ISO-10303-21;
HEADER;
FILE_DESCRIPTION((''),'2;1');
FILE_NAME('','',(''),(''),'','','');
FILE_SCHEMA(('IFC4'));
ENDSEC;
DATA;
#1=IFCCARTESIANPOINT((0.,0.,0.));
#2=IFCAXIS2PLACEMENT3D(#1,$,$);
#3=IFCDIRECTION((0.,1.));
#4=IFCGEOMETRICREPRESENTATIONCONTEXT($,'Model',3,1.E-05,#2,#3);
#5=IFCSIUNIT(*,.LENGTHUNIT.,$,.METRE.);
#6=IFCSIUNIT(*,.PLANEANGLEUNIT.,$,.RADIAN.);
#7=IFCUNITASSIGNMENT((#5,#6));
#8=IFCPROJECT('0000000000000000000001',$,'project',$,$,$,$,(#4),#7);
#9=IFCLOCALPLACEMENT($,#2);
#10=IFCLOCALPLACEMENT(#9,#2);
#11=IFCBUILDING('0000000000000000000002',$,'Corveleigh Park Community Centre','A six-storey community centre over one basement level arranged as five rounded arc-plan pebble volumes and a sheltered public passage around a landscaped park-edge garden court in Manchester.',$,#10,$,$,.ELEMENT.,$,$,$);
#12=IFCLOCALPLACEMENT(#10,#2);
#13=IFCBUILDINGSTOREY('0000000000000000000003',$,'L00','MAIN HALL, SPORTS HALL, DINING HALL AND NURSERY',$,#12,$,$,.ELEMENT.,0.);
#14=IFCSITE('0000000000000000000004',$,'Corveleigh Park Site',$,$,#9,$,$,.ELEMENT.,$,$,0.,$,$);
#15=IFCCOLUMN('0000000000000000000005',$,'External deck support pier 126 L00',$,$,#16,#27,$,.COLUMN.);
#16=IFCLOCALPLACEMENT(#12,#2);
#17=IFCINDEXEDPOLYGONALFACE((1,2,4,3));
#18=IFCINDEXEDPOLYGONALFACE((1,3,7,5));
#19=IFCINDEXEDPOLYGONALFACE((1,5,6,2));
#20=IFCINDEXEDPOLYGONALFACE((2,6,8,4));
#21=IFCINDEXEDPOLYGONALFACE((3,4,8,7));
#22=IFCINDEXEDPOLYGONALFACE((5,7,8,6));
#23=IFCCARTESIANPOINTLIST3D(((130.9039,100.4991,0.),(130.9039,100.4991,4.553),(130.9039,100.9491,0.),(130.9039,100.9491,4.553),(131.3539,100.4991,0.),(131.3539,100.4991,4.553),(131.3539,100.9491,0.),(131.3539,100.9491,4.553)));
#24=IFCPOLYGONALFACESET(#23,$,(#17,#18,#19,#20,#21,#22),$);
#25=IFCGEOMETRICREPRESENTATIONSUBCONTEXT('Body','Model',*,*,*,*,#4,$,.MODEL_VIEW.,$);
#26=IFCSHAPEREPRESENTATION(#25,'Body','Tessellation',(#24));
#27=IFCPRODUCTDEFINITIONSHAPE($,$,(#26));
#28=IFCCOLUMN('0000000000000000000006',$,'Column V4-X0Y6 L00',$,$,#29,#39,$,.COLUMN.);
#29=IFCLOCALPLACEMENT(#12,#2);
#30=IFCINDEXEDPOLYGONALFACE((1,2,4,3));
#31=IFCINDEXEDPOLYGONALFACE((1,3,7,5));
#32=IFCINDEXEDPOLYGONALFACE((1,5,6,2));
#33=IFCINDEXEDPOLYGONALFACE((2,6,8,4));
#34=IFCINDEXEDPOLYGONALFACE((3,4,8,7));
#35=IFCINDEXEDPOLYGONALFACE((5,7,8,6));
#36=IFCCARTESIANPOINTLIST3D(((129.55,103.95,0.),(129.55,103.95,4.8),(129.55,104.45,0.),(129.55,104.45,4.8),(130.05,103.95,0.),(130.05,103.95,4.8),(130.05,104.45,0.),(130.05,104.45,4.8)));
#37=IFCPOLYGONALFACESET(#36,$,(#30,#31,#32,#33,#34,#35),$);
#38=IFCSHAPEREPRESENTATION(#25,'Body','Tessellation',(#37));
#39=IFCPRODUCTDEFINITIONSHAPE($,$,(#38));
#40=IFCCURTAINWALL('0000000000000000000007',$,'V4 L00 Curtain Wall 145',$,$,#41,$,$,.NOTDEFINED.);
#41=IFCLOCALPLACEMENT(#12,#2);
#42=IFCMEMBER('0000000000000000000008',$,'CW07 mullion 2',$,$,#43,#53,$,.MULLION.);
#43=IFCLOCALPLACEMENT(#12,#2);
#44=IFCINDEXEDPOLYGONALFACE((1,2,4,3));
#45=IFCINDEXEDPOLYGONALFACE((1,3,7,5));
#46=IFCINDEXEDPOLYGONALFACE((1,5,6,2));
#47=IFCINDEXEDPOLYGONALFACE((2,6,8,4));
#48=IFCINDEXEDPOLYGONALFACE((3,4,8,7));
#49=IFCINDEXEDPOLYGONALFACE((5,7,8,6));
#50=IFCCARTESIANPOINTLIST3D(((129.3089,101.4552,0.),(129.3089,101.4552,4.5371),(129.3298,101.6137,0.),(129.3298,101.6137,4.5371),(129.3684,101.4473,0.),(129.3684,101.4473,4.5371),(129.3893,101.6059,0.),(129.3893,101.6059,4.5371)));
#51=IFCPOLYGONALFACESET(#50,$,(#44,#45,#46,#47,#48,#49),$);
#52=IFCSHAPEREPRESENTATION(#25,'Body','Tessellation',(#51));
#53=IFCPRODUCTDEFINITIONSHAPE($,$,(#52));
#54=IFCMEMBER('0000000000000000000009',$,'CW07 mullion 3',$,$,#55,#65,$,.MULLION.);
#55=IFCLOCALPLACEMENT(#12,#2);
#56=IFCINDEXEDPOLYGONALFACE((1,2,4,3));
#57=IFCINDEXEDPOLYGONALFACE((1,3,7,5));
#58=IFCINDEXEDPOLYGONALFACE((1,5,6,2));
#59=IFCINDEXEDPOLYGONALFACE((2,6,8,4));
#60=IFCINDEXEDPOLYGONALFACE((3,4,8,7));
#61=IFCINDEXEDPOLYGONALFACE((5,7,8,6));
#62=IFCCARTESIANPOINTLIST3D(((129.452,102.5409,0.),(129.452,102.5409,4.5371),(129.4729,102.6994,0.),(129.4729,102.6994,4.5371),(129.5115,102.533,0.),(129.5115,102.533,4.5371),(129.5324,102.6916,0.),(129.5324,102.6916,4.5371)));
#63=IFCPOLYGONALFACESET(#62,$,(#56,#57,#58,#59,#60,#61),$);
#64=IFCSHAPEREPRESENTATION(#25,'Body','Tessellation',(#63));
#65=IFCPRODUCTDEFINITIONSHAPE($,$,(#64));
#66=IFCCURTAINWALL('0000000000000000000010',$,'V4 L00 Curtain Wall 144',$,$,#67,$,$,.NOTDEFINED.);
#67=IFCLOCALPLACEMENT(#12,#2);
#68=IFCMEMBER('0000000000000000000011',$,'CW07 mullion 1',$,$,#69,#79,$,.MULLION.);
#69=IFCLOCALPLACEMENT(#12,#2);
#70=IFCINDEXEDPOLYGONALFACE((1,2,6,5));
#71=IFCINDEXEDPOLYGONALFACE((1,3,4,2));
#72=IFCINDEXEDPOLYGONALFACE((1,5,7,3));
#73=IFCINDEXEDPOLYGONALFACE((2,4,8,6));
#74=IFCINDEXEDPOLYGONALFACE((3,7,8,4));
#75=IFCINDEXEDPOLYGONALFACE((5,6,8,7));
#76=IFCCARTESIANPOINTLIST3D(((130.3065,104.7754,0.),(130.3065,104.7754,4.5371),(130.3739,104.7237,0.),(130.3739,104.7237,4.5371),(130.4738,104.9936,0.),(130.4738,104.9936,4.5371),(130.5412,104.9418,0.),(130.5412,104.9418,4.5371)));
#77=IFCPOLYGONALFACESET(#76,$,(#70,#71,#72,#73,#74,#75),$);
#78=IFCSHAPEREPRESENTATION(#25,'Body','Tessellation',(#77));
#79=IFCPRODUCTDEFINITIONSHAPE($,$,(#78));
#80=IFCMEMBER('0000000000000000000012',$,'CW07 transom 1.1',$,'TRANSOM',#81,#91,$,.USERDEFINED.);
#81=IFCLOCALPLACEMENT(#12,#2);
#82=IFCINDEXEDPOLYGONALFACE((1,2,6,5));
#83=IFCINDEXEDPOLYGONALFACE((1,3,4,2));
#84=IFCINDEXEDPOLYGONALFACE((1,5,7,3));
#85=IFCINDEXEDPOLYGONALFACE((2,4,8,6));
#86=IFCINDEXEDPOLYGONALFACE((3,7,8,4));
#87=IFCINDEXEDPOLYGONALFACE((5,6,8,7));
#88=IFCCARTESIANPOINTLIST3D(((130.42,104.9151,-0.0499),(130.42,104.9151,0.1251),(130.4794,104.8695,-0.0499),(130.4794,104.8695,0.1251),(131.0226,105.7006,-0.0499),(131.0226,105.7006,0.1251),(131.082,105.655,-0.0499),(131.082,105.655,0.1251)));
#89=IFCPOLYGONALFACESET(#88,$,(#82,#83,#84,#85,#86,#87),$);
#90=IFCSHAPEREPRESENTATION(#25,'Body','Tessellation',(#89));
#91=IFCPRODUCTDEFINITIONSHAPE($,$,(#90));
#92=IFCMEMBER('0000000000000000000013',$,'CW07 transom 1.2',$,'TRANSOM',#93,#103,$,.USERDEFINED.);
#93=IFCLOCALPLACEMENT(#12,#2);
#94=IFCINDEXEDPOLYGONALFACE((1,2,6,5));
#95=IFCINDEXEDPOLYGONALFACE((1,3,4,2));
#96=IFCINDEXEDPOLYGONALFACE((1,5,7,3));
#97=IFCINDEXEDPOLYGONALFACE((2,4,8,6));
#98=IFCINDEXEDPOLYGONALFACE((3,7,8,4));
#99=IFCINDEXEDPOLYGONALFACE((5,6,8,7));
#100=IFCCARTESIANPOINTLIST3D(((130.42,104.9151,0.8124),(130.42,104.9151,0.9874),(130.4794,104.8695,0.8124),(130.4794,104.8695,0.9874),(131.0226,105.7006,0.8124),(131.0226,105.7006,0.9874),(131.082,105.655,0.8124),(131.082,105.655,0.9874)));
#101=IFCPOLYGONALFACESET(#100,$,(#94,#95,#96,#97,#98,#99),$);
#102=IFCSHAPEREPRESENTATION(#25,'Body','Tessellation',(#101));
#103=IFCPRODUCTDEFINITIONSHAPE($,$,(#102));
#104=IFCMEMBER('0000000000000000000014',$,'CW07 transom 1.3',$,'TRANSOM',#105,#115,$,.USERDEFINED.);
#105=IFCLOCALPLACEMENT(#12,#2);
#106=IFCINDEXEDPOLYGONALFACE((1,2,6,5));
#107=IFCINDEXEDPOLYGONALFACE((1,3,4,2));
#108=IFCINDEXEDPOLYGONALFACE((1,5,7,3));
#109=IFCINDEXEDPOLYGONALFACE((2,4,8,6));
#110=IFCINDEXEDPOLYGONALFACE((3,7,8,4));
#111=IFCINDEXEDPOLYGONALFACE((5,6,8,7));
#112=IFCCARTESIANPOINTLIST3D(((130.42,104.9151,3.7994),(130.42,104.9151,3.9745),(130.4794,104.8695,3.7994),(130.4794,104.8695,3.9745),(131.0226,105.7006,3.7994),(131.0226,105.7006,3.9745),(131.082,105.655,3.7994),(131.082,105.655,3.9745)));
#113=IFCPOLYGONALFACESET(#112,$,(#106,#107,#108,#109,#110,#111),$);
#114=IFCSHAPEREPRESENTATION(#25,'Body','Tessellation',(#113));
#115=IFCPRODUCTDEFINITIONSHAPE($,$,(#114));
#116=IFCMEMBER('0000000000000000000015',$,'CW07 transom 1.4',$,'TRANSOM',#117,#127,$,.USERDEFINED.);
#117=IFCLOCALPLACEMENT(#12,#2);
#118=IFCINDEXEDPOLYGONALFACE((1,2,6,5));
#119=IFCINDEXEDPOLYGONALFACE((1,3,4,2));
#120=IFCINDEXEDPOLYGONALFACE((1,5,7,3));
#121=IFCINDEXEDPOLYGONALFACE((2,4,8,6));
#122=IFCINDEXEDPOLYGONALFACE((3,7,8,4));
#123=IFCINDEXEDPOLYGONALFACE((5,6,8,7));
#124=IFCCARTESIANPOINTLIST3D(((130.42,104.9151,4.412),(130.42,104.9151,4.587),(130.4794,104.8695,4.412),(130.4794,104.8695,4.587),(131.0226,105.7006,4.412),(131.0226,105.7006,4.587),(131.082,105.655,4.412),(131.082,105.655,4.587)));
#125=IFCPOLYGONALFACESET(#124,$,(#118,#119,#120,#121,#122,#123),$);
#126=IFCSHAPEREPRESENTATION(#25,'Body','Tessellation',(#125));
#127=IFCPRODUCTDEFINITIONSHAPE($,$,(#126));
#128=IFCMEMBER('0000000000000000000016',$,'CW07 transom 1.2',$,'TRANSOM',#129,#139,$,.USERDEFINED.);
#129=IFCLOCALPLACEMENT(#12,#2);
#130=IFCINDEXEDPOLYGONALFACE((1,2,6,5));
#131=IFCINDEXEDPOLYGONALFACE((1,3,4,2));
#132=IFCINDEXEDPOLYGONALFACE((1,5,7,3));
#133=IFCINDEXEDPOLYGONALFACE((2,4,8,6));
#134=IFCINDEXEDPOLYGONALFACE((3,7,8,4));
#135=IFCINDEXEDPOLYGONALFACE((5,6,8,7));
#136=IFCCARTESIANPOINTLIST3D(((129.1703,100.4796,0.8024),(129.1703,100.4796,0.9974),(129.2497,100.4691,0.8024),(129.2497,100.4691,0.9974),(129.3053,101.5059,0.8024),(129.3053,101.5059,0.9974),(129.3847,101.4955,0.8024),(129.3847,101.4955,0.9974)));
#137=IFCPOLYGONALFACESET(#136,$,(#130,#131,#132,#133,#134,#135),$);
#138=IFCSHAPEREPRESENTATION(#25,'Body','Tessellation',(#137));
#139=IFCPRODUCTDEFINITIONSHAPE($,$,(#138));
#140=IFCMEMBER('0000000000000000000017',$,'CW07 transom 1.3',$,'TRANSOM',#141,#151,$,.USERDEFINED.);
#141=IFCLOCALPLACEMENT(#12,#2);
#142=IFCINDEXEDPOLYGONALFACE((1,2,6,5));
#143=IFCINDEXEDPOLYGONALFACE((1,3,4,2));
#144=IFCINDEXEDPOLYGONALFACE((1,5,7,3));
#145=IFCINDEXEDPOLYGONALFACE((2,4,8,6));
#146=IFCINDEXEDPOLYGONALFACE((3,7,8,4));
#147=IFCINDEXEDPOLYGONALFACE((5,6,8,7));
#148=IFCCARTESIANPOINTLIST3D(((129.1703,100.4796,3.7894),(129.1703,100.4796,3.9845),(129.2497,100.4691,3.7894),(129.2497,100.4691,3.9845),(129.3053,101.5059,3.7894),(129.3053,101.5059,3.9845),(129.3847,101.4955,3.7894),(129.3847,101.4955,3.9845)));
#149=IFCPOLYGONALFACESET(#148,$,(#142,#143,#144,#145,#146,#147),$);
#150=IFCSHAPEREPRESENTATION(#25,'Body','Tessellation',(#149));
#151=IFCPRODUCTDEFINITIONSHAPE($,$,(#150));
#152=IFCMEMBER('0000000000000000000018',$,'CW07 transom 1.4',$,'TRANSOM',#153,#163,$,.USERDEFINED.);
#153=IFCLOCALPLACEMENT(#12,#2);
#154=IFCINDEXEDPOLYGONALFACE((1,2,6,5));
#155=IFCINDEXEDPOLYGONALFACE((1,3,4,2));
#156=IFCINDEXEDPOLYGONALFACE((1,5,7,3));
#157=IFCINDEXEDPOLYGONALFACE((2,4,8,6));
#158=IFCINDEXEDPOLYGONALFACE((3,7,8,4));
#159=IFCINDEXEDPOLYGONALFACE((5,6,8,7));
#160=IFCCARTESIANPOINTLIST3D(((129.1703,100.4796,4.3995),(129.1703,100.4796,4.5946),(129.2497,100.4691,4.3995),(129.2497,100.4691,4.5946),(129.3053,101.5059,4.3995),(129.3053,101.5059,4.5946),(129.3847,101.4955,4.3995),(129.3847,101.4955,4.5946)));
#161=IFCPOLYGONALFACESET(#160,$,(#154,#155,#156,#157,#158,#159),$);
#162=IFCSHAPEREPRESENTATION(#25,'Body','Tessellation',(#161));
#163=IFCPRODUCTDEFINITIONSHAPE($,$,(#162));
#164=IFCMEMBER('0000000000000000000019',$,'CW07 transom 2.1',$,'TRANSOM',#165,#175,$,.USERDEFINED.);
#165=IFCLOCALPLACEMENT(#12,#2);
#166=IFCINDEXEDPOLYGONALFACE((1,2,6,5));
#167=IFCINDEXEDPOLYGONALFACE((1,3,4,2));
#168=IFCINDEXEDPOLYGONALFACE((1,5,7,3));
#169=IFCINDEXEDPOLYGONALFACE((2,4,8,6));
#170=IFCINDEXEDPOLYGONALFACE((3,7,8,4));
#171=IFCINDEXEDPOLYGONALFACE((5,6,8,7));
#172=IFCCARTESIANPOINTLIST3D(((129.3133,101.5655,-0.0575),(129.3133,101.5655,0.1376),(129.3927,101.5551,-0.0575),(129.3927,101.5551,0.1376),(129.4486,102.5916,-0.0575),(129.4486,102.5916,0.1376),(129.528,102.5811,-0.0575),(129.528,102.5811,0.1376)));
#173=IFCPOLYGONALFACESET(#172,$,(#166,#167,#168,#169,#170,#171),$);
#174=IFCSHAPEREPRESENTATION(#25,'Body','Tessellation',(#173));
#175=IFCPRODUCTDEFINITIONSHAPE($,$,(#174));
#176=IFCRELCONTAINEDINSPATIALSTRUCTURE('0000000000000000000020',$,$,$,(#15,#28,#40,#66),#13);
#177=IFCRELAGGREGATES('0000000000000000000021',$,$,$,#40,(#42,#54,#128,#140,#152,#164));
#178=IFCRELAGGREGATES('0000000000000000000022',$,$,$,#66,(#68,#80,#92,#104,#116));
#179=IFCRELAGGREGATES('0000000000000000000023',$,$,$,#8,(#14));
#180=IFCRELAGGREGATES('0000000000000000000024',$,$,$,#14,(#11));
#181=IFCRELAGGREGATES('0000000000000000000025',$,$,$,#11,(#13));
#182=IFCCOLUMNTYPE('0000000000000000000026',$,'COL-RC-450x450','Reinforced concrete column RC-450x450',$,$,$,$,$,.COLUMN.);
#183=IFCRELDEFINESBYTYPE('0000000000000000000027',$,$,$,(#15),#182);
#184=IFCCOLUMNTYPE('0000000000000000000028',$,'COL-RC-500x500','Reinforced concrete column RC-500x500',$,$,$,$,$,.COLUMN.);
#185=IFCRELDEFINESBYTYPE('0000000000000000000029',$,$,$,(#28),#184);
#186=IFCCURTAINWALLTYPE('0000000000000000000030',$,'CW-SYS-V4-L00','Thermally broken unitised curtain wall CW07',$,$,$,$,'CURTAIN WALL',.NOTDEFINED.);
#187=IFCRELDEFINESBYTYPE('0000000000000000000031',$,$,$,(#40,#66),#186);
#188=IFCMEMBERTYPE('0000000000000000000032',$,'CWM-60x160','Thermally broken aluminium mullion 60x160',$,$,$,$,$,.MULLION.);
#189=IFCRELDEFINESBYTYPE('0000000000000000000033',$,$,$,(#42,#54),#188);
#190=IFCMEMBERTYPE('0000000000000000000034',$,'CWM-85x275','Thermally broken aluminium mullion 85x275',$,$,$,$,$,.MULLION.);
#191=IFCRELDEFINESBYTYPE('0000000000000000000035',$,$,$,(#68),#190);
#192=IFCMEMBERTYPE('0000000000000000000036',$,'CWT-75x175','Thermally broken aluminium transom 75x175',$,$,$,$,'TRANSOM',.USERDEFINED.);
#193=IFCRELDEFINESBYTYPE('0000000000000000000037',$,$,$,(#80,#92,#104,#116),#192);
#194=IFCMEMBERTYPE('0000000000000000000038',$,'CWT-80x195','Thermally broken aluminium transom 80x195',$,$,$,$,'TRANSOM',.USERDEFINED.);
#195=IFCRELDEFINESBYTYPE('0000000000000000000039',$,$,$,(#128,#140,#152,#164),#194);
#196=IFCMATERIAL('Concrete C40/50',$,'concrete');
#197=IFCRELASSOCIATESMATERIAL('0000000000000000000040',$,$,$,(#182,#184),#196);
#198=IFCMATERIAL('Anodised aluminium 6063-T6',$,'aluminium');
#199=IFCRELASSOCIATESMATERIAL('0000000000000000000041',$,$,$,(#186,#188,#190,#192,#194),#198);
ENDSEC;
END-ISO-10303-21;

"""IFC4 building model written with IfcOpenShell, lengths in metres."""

from ifc_helpers import new_model, si_unit, direction, frame, origin, origin_2d, place, context, subcontext, project, spatial, rectangle, extrude, material, material_profile, profile_set, type_object, element, aggregate, save


model = new_model("IFC4")

# Units and contexts
model_context = context("Model", 3, precision=1e-05, world=origin(), true_north=direction((0.0, 1.0)))
body_context = subcontext(model_context, "Body", "Model", "MODEL_VIEW")
ifc_project = project(units=[si_unit("LENGTHUNIT", "METRE"), si_unit("PLANEANGLEUNIT", "RADIAN")], contexts=[model_context])

# Site, building, storey
site_placement = place(None, origin())
site = spatial("IfcSite", under=ifc_project, at=site_placement, Name="Corveleigh Park Site", CompositionType="ELEMENT", RefElevation=0.0)
building_placement = place(site_placement, origin())
building = spatial("IfcBuilding", under=site, at=building_placement, Name="Corveleigh Park Community Centre", Description="A six-storey community centre over one basement level arranged as five rounded arc-plan pebble volumes and a sheltered public passage around a landscaped park-edge garden court in Manchester.", CompositionType="ELEMENT")
storey_placement = place(building_placement, origin())
storey = spatial("IfcBuildingStorey", under=building, at=storey_placement, Name="L00", Description="MAIN HALL, SPORTS HALL, DINING HALL AND NURSERY", CompositionType="ELEMENT", Elevation=0.0)

# Columns
ifc_material_1 = material(Name="Concrete C40/50", Category="concrete")
ifc_material_profile_1 = material_profile(ifc_material_1, rectangle(XDim=0.45, YDim=0.45, at=origin_2d()), Name="RC-450x450", Category="concrete")
ifc_profile_set_1 = profile_set([ifc_material_profile_1], Name="Concrete C40/50")
column_type_1 = type_object("IfcColumnType", Name="COL-RC-450x450", Description="Reinforced concrete column RC-450x450", PredefinedType="COLUMN", material=ifc_profile_set_1)
column_1_placement = place(storey_placement, frame((131.1289, 100.7241, 0.0), z_axis=(0.0, 0.0, 1.0), x_axis=(1.0, 0.0, 0.0)))
element("IfcColumn", 1, at=column_1_placement, inside=storey, type_object=column_type_1, Name="External deck support pier 126 L00", PredefinedType="COLUMN", context=body_context, shape_type="SweptSolid", body=[
    extrude(rectangle(XDim=0.45, YDim=0.45, at=origin_2d()), origin(), (0.0, 0.0, 1.0), 4.553),
])
ifc_material_profile_2 = material_profile(ifc_material_1, rectangle(XDim=0.5, YDim=0.5, at=origin_2d()), Name="RC-500x500", Category="concrete")
ifc_profile_set_2 = profile_set([ifc_material_profile_2], Name="Concrete C40/50")
column_type_2 = type_object("IfcColumnType", Name="COL-RC-500x500", Description="Reinforced concrete column RC-500x500", PredefinedType="COLUMN", material=ifc_profile_set_2)
column_2_placement = place(storey_placement, frame((129.8, 104.2, 0.0), z_axis=(0.0, 0.0, 1.0), x_axis=(1.0, 0.0, 0.0)))
element("IfcColumn", 2, at=column_2_placement, inside=storey, type_object=column_type_2, Name="Column V4-X0Y6 L00", PredefinedType="COLUMN", context=body_context, shape_type="SweptSolid", body=[
    extrude(rectangle(XDim=0.5, YDim=0.5, at=origin_2d()), origin(), (0.0, 0.0, 1.0), 4.8),
])

# Curtain walls, members
ifc_material_2 = material(Name="Anodised aluminium 6063-T6", Category="aluminium")
curtain_wall_type = type_object("IfcCurtainWallType", Name="CW-SYS-V4-L00", Description="Thermally broken unitised curtain wall CW07", ElementType="CURTAIN WALL", PredefinedType="NOTDEFINED", material=ifc_material_2)
curtain_wall_1_placement = place(storey_placement, origin())
curtain_wall_1 = element("IfcCurtainWall", 3, at=curtain_wall_1_placement, inside=storey, type_object=curtain_wall_type, Name="V4 L00 Curtain Wall 145", PredefinedType="NOTDEFINED")
ifc_material_profile_3 = material_profile(ifc_material_2, rectangle(XDim=0.0601, YDim=0.1599, at=origin_2d()), Name="ALU-M60x160", Category="aluminium")
ifc_profile_set_3 = profile_set([ifc_material_profile_3], Name="Anodised aluminium 6063-T6")
member_type_1 = type_object("IfcMemberType", Name="CWM-60x160", Description="Thermally broken aluminium mullion 60x160", PredefinedType="MULLION", material=ifc_profile_set_3)
member_1_placement = place(storey_placement, frame((129.3491, 101.5305, 0.0), z_axis=(0.0, 0.0, 1.0), x_axis=(-0.991429, 0.13065, 0.0)))
member_1 = element("IfcMember", 4, at=member_1_placement, type_object=member_type_1, Name="CW07 mullion 2", PredefinedType="MULLION", context=body_context, shape_type="SweptSolid", body=[
    extrude(rectangle(XDim=0.0601, YDim=0.1599, at=origin_2d()), origin(), (0.0, 0.0, 1.0), 4.5371),
])
member_2_placement = place(storey_placement, frame((129.4922, 102.6162, 0.0), z_axis=(0.0, 0.0, 1.0), x_axis=(-0.991429, 0.13065, 0.0)))
member_2 = element("IfcMember", 5, at=member_2_placement, type_object=member_type_1, Name="CW07 mullion 3", PredefinedType="MULLION", context=body_context, shape_type="SweptSolid", body=[
    extrude(rectangle(XDim=0.0601, YDim=0.1599, at=origin_2d()), origin(), (0.0, 0.0, 1.0), 4.5371),
])
curtain_wall_2_placement = place(storey_placement, origin())
curtain_wall_2 = element("IfcCurtainWall", 6, at=curtain_wall_2_placement, inside=storey, type_object=curtain_wall_type, Name="V4 L00 Curtain Wall 144", PredefinedType="NOTDEFINED")
ifc_material_profile_4 = material_profile(ifc_material_2, rectangle(XDim=0.085, YDim=0.2749, at=origin_2d()), Name="ALU-M85x275", Category="aluminium")
ifc_profile_set_4 = profile_set([ifc_material_profile_4], Name="Anodised aluminium 6063-T6")
member_type_2 = type_object("IfcMemberType", Name="CWM-85x275", Description="Thermally broken aluminium mullion 85x275", PredefinedType="MULLION", material=ifc_profile_set_4)
member_3_placement = place(storey_placement, frame((130.4238, 104.8586, 0.0), z_axis=(0.0, 0.0, 1.0), x_axis=(-0.793455, 0.608629, 0.0)))
member_3 = element("IfcMember", 7, at=member_3_placement, type_object=member_type_2, Name="CW07 mullion 1", PredefinedType="MULLION", context=body_context, shape_type="SweptSolid", body=[
    extrude(rectangle(XDim=0.085, YDim=0.2749, at=origin_2d()), origin(), (0.0, 0.0, 1.0), 4.5371),
])
ifc_material_profile_5 = material_profile(ifc_material_2, rectangle(XDim=0.075, YDim=0.175, at=origin_2d()), Name="ALU-T75x175", Category="aluminium")
ifc_profile_set_5 = profile_set([ifc_material_profile_5], Name="Anodised aluminium 6063-T6")
member_type_3 = type_object("IfcMemberType", Name="CWT-75x175", Description="Thermally broken aluminium transom 75x175", ElementType="TRANSOM", PredefinedType="USERDEFINED", material=ifc_profile_set_5)
member_4_placement = place(storey_placement, frame((130.4497, 104.8923, 0.0376), z_axis=(0.608685, 0.793412, 0.0), x_axis=(-0.793412, 0.608685, 0.0)))
member_4 = element("IfcMember", 8, at=member_4_placement, type_object=member_type_3, Name="CW07 transom 1.1", ObjectType="TRANSOM", PredefinedType="USERDEFINED", context=body_context, shape_type="SweptSolid", body=[
    extrude(rectangle(XDim=0.075, YDim=0.175, at=origin_2d()), origin(), (0.0, 0.0, 1.0), 0.99),
])
member_5_placement = place(storey_placement, frame((130.4497, 104.8923, 0.8999), z_axis=(0.608685, 0.793412, 0.0), x_axis=(-0.793412, 0.608685, 0.0)))
member_5 = element("IfcMember", 9, at=member_5_placement, type_object=member_type_3, Name="CW07 transom 1.2", ObjectType="TRANSOM", PredefinedType="USERDEFINED", context=body_context, shape_type="SweptSolid", body=[
    extrude(rectangle(XDim=0.075, YDim=0.175, at=origin_2d()), origin(), (0.0, 0.0, 1.0), 0.99),
])
member_6_placement = place(storey_placement, frame((130.4497, 104.8923, 3.887), z_axis=(0.608685, 0.793412, 0.0), x_axis=(-0.793412, 0.608685, 0.0)))
member_6 = element("IfcMember", 10, at=member_6_placement, type_object=member_type_3, Name="CW07 transom 1.3", ObjectType="TRANSOM", PredefinedType="USERDEFINED", context=body_context, shape_type="SweptSolid", body=[
    extrude(rectangle(XDim=0.075, YDim=0.175, at=origin_2d()), origin(), (0.0, 0.0, 1.0), 0.99),
])
member_7_placement = place(storey_placement, frame((130.4497, 104.8923, 4.4995), z_axis=(0.608685, 0.793412, 0.0), x_axis=(-0.793412, 0.608685, 0.0)))
member_7 = element("IfcMember", 11, at=member_7_placement, type_object=member_type_3, Name="CW07 transom 1.4", ObjectType="TRANSOM", PredefinedType="USERDEFINED", context=body_context, shape_type="SweptSolid", body=[
    extrude(rectangle(XDim=0.075, YDim=0.175, at=origin_2d()), origin(), (0.0, 0.0, 1.0), 0.99),
])

# Members
ifc_material_profile_6 = material_profile(ifc_material_2, rectangle(XDim=0.0801, YDim=0.1951, at=origin_2d()), Name="ALU-T80x195", Category="aluminium")
ifc_profile_set_6 = profile_set([ifc_material_profile_6], Name="Anodised aluminium 6063-T6")
member_type_4 = type_object("IfcMemberType", Name="CWT-80x195", Description="Thermally broken aluminium transom 80x195", ElementType="TRANSOM", PredefinedType="USERDEFINED", material=ifc_profile_set_6)
member_8_placement = place(storey_placement, frame((129.21, 100.4744, 0.8999), z_axis=(0.130418, 0.991459, 0.0), x_axis=(-0.991459, 0.130418, 0.0)))
member_8 = element("IfcMember", 12, at=member_8_placement, type_object=member_type_4, Name="CW07 transom 1.2", ObjectType="TRANSOM", PredefinedType="USERDEFINED", context=body_context, shape_type="SweptSolid", body=[
    extrude(rectangle(XDim=0.0801, YDim=0.1951, at=origin_2d()), origin(), (0.0, 0.0, 1.0), 1.0352),
])
member_9_placement = place(storey_placement, frame((129.21, 100.4744, 3.887), z_axis=(0.130418, 0.991459, 0.0), x_axis=(-0.991459, 0.130418, 0.0)))
member_9 = element("IfcMember", 13, at=member_9_placement, type_object=member_type_4, Name="CW07 transom 1.3", ObjectType="TRANSOM", PredefinedType="USERDEFINED", context=body_context, shape_type="SweptSolid", body=[
    extrude(rectangle(XDim=0.0801, YDim=0.1951, at=origin_2d()), origin(), (0.0, 0.0, 1.0), 1.0352),
])
member_10_placement = place(storey_placement, frame((129.21, 100.4744, 4.4971), z_axis=(0.130418, 0.991459, 0.0), x_axis=(-0.991459, 0.130418, 0.0)))
member_10 = element("IfcMember", 14, at=member_10_placement, type_object=member_type_4, Name="CW07 transom 1.4", ObjectType="TRANSOM", PredefinedType="USERDEFINED", context=body_context, shape_type="SweptSolid", body=[
    extrude(rectangle(XDim=0.0801, YDim=0.1951, at=origin_2d()), origin(), (0.0, 0.0, 1.0), 1.0352),
])
member_11_placement = place(storey_placement, frame((129.353, 101.5603, 0.04), z_axis=(0.13068, 0.991425, 0.0), x_axis=(-0.991425, 0.13068, 0.0)))
member_11 = element("IfcMember", 15, at=member_11_placement, type_object=member_type_4, Name="CW07 transom 2.1", ObjectType="TRANSOM", PredefinedType="USERDEFINED", context=body_context, shape_type="SweptSolid", body=[
    extrude(rectangle(XDim=0.0801, YDim=0.1951, at=origin_2d()), origin(), (0.0, 0.0, 1.0), 1.0349),
])

aggregate(curtain_wall_1, [member_1, member_2, member_8, member_9, member_10, member_11])
aggregate(curtain_wall_2, [member_3, member_4, member_5, member_6, member_7])

save(model, "model.ifc")
